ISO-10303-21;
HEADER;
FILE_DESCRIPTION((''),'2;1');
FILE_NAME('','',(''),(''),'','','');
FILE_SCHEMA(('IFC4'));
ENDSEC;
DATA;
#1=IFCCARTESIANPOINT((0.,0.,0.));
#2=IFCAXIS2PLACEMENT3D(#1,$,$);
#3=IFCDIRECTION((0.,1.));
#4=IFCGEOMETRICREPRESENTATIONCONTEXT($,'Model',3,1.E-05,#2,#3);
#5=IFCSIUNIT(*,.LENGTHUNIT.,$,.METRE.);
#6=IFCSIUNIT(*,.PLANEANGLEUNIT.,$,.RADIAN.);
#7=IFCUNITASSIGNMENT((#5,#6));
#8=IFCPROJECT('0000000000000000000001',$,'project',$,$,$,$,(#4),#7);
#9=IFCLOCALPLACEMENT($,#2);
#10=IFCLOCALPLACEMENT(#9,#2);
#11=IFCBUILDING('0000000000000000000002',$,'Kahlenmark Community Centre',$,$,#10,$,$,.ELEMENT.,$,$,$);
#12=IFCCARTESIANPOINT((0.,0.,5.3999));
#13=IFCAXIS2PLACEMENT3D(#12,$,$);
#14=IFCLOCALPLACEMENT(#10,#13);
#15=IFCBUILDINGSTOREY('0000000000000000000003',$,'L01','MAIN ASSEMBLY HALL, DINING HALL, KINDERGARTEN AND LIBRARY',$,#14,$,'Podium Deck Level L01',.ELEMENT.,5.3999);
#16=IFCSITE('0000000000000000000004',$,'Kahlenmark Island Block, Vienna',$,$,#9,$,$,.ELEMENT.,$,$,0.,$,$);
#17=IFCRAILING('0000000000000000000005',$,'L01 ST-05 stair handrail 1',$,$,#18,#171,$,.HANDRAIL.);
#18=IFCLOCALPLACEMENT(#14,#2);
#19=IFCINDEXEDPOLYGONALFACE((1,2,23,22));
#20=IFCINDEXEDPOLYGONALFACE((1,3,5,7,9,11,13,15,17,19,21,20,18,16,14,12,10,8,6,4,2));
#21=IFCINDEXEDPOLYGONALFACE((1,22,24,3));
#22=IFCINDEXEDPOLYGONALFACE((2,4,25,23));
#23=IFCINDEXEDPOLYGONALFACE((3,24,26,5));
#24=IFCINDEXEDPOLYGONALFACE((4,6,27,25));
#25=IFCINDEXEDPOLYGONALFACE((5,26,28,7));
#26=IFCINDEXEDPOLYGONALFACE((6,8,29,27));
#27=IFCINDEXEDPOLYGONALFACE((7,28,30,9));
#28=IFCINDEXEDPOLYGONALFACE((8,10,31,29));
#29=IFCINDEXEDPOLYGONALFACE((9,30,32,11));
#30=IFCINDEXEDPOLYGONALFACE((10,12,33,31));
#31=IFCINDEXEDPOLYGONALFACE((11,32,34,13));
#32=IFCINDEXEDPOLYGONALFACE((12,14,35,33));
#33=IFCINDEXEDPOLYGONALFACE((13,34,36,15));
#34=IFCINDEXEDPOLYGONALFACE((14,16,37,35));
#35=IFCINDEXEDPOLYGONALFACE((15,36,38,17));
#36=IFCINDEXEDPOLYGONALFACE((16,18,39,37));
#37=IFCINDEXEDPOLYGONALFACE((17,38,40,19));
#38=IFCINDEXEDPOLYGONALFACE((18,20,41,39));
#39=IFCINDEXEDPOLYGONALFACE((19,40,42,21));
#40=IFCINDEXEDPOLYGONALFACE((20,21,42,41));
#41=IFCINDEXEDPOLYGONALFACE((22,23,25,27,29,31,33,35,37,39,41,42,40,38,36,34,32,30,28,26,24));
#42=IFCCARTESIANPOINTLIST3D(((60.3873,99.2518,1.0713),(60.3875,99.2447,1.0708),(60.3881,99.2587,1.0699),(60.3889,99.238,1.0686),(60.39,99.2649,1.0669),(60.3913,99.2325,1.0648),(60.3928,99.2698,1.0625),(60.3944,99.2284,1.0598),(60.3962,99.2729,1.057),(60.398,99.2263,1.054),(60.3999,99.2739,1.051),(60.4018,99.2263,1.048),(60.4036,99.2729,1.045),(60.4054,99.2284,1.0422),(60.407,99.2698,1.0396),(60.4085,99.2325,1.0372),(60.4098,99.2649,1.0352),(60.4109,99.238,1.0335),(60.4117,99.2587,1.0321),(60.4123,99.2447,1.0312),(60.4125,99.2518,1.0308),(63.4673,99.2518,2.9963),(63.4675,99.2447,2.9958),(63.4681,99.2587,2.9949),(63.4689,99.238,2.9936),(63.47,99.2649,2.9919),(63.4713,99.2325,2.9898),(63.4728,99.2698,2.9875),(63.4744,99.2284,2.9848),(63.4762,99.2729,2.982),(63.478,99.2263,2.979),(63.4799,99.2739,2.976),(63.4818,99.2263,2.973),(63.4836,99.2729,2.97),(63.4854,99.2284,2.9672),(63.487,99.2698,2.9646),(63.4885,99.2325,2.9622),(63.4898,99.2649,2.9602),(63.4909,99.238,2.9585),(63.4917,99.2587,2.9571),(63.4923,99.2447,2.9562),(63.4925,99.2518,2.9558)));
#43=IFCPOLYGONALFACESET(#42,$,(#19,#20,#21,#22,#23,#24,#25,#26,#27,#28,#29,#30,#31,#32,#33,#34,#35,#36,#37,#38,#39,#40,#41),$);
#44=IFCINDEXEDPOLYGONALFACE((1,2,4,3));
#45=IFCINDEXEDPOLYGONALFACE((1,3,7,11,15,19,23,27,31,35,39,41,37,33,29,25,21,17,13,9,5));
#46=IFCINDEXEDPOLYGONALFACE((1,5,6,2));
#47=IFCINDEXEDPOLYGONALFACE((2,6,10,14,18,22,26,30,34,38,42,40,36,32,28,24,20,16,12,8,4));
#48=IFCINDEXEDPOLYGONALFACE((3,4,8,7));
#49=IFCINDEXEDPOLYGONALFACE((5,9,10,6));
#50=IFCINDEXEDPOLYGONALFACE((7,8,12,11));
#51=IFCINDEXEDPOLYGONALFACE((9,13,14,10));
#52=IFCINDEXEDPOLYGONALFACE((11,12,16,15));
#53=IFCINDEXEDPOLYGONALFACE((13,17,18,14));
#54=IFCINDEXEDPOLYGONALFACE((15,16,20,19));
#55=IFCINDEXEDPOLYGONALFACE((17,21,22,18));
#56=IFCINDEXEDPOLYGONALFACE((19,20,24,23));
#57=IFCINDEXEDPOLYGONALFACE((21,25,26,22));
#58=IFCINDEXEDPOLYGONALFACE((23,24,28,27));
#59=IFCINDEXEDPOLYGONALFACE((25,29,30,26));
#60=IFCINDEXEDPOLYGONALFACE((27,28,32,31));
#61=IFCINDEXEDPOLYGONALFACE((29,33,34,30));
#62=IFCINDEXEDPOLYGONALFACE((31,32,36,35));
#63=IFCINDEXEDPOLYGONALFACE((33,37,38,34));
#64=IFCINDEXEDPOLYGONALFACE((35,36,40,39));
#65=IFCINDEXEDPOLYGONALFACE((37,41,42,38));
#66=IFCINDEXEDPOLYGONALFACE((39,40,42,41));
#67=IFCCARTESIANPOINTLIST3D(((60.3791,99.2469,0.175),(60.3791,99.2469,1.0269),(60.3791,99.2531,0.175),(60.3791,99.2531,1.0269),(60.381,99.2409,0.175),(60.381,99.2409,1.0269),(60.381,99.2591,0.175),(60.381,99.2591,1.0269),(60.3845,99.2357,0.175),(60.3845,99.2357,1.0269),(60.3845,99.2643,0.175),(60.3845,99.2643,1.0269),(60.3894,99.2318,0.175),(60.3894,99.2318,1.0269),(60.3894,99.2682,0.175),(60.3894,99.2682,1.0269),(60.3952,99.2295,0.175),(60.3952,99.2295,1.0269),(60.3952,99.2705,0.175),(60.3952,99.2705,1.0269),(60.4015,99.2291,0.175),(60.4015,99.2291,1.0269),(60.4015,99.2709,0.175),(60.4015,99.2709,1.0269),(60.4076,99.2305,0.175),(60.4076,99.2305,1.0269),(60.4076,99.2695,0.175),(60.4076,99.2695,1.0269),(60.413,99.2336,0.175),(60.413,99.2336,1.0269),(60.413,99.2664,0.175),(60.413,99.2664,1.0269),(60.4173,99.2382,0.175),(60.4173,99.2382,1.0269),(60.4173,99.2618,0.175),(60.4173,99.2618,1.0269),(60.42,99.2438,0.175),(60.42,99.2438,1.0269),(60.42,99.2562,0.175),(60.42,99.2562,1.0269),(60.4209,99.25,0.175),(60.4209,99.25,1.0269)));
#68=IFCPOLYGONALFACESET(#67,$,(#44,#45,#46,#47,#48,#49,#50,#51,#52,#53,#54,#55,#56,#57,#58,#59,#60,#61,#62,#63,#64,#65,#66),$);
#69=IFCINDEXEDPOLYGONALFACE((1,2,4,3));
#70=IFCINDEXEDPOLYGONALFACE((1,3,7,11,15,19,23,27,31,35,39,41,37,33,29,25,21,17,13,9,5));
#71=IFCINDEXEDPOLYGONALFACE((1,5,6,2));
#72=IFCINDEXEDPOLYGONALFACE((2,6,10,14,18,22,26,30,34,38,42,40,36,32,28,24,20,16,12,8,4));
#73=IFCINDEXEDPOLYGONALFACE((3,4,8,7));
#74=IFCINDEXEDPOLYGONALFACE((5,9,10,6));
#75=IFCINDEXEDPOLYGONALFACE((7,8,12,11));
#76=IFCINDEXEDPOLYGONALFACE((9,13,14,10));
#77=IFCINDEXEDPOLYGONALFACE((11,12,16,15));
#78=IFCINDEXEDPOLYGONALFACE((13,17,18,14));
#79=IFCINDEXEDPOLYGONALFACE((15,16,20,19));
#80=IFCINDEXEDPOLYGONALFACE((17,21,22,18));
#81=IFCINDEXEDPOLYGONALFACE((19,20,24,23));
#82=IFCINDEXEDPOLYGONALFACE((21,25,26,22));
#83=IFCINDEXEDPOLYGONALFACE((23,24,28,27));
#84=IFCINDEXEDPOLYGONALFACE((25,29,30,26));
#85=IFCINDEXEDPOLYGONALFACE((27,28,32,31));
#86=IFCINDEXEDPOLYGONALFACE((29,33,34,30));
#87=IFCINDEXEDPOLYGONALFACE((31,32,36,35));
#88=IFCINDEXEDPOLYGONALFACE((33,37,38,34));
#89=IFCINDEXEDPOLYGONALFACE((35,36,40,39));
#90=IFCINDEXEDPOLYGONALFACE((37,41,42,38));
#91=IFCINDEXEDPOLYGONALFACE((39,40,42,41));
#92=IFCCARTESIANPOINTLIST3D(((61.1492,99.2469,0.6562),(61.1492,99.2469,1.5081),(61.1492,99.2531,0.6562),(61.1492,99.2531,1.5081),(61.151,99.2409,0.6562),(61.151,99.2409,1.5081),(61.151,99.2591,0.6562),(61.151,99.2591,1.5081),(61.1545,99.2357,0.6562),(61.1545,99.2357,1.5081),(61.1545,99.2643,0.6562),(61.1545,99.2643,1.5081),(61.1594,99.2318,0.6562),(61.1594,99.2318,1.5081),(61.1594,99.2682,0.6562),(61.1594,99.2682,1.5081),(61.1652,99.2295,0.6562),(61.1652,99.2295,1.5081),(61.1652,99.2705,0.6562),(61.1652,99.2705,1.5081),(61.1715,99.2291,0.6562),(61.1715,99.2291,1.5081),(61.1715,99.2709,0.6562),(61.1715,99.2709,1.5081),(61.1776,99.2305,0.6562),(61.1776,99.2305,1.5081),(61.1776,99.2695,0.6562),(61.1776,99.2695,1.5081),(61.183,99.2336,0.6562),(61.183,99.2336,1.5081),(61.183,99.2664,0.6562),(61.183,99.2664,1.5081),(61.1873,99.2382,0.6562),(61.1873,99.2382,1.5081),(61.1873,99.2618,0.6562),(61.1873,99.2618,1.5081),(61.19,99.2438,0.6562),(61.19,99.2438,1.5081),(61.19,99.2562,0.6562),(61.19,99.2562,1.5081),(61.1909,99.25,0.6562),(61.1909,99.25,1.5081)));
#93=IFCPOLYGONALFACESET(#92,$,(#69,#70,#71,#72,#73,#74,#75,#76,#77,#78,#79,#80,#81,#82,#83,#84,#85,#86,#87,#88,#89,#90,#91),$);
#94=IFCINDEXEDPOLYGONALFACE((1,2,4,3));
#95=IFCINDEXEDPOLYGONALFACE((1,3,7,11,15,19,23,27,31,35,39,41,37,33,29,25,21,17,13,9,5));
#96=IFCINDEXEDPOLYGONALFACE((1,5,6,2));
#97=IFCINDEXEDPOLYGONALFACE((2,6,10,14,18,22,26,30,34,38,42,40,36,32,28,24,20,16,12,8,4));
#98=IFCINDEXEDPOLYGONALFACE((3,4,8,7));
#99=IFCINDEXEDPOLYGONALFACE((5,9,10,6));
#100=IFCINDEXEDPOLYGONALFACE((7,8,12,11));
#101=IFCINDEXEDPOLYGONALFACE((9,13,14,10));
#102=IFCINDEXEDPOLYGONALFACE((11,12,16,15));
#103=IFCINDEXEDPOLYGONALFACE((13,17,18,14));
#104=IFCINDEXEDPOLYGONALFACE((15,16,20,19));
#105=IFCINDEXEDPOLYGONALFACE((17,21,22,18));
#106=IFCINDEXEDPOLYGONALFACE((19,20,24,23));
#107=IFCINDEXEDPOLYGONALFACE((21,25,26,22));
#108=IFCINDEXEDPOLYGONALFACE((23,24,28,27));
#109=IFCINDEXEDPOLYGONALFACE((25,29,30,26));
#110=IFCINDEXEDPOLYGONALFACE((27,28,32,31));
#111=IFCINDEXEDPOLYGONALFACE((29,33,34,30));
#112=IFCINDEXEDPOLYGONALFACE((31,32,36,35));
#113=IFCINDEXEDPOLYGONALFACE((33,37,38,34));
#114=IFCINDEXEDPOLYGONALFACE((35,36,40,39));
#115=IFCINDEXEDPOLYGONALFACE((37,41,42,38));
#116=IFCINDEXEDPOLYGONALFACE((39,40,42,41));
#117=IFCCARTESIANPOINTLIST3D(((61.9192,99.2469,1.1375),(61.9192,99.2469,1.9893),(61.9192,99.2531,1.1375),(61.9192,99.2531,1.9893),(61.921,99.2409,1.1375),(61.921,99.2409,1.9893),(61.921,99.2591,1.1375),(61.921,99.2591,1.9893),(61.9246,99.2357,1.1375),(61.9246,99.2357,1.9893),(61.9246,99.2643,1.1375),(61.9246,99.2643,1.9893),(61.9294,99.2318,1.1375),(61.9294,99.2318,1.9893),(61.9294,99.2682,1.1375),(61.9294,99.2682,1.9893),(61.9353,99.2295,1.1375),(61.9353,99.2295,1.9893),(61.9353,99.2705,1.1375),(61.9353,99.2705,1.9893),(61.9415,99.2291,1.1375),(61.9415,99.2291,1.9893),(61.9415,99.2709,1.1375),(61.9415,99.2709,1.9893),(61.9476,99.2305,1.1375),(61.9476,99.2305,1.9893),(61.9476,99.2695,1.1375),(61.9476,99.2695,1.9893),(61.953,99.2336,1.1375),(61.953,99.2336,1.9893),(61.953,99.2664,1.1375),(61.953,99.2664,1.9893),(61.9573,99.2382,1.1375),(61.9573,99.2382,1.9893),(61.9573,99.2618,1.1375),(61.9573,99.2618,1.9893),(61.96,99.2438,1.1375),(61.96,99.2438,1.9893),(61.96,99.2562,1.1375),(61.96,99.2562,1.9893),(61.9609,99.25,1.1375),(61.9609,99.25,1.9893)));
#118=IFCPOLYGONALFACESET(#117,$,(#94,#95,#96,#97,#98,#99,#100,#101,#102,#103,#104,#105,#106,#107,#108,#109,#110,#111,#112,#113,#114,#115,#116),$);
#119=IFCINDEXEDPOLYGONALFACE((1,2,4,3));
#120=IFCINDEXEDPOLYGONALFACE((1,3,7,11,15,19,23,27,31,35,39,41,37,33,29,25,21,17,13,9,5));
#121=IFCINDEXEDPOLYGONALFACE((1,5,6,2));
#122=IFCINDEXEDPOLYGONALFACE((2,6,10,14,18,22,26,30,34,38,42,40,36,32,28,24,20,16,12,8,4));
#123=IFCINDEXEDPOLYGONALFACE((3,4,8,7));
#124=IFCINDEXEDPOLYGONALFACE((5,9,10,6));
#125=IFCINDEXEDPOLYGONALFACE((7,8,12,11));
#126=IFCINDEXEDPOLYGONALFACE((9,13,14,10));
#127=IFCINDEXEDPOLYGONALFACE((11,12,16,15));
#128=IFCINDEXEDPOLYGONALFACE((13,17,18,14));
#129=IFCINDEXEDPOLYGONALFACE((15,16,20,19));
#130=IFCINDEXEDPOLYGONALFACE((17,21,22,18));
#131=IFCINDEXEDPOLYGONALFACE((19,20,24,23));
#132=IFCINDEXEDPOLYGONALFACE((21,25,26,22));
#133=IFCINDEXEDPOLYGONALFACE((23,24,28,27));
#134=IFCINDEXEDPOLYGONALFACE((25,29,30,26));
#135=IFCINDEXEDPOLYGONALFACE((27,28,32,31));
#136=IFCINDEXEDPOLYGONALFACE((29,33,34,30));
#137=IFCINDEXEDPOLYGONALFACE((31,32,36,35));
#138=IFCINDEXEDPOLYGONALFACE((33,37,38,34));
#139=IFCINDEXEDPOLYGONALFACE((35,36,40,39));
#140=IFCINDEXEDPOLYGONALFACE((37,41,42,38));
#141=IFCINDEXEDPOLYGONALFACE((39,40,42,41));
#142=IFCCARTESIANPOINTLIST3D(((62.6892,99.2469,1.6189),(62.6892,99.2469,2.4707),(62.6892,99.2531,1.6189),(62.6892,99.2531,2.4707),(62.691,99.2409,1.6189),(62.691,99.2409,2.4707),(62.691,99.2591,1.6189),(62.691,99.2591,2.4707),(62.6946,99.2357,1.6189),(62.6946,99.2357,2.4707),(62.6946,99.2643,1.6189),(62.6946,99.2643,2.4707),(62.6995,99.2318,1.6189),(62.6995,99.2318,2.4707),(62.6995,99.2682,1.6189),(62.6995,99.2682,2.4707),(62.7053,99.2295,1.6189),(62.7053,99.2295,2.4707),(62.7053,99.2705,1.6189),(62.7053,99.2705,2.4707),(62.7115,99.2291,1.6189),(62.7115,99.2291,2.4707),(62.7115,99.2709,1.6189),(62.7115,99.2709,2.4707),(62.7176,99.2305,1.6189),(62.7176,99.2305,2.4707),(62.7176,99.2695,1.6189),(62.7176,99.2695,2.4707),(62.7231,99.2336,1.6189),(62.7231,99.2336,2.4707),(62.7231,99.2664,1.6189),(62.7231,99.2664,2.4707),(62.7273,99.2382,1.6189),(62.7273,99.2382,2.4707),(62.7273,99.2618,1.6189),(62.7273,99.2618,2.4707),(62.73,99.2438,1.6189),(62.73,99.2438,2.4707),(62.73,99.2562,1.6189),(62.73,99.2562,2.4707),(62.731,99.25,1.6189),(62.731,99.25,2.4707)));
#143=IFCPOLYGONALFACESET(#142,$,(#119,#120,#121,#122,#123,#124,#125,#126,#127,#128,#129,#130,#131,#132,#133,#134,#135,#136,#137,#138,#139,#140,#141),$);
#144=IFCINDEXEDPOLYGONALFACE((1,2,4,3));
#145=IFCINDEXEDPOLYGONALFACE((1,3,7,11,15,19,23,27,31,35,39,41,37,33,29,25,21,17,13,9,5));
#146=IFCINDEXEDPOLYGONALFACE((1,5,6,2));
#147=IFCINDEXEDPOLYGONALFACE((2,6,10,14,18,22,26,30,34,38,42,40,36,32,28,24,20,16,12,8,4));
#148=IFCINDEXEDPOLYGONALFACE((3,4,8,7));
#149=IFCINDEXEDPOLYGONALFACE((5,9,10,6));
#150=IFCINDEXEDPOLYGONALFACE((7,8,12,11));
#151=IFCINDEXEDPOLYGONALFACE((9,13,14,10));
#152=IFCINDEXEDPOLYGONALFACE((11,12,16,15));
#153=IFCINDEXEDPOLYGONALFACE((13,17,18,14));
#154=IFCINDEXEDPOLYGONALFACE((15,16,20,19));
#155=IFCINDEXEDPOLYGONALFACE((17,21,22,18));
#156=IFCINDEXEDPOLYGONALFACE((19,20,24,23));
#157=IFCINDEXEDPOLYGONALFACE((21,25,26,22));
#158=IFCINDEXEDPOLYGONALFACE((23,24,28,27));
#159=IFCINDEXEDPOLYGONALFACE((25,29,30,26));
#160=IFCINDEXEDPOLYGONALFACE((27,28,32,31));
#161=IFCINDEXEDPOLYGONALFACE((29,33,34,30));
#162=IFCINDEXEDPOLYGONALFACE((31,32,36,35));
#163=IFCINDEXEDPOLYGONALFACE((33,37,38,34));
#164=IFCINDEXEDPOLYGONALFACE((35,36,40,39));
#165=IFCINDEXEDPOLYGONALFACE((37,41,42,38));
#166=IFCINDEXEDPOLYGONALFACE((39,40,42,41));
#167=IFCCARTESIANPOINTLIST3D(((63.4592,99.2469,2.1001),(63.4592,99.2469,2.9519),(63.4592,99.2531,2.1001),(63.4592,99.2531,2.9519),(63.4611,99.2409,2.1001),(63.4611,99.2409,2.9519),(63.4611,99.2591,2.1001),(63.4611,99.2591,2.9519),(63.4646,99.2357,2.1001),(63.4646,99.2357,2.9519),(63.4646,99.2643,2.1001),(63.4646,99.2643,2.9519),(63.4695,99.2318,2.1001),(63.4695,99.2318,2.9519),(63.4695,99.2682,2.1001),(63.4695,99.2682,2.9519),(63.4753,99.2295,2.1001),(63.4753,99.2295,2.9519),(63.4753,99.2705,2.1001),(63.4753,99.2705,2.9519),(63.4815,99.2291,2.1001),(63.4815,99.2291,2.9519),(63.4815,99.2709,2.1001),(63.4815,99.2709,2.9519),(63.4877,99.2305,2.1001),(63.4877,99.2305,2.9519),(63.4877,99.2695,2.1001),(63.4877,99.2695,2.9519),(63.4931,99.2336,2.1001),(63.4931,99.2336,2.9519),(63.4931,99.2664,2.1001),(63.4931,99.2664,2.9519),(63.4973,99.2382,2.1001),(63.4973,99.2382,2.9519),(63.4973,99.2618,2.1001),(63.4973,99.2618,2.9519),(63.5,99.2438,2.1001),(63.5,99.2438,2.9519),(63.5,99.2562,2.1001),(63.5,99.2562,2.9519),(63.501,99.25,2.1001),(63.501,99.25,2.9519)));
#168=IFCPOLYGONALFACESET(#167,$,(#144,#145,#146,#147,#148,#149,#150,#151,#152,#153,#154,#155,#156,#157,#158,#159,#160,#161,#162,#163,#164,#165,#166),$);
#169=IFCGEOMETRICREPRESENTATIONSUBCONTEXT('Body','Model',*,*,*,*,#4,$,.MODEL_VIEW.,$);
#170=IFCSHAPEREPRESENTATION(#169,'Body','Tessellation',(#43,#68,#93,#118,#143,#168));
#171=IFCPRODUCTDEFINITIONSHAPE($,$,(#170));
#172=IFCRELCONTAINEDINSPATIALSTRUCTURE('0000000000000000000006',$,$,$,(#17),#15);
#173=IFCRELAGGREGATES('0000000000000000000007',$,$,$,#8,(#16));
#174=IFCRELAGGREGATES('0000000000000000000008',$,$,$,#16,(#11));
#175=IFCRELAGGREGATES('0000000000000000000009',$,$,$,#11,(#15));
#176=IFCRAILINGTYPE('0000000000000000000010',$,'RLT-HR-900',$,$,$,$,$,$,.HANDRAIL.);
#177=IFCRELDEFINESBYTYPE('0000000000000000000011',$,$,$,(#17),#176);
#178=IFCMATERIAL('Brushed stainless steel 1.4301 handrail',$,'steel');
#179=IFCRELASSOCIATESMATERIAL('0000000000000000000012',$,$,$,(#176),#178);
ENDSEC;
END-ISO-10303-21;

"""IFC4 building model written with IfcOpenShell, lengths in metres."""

from ifc_helpers import new_model, si_unit, direction, frame, origin, origin_2d, place, context, subcontext, project, spatial, circle, extrude, material, type_object, element, save


model = new_model("IFC4")

# Units and contexts
model_context = context("Model", 3, precision=1e-05, world=origin(), true_north=direction((0.0, 1.0)))
body_context = subcontext(model_context, "Body", "Model", "MODEL_VIEW")
ifc_project = project(units=[si_unit("LENGTHUNIT", "METRE"), si_unit("PLANEANGLEUNIT", "RADIAN")], contexts=[model_context])

# Site, building, storey
site_placement = place(None, origin())
site = spatial("IfcSite", under=ifc_project, at=site_placement, Name="Kahlenmark Island Block, Vienna", CompositionType="ELEMENT", RefElevation=0.0)
building_placement = place(site_placement, origin())
building = spatial("IfcBuilding", under=site, at=building_placement, Name="Kahlenmark Community Centre", CompositionType="ELEMENT")
storey_placement = place(building_placement, frame((0.0, 0.0, 5.3999)))
storey = spatial("IfcBuildingStorey", under=building, at=storey_placement, Name="L01", Description="MAIN ASSEMBLY HALL, DINING HALL, KINDERGARTEN AND LIBRARY", LongName="Podium Deck Level L01", CompositionType="ELEMENT", Elevation=5.3999)

# Railing
ifc_material_1 = material(Name="Brushed stainless steel 1.4301 handrail", Category="steel")
railing_type_1 = type_object("IfcRailingType", Name="RLT-HR-900", PredefinedType="HANDRAIL", material=ifc_material_1)
railing_1_placement = place(storey_placement, frame((60.3999, 99.25, 0.175)))
element("IfcRailing", 1, at=railing_1_placement, inside=storey, type_object=railing_type_1, Name="L01 ST-05 stair handrail 1", PredefinedType="HANDRAIL", context=body_context, shape_type="SweptSolid", body=[
    extrude(circle(Radius=0.0239, at=origin_2d()), frame((0.0, 0.0, 0.876), z_axis=(0.847998, 0.0, 0.529999), x_axis=(0.0, 1.0, 0.0)), (0.0, 0.0, 1.0), 3.6321),
    extrude(circle(Radius=0.021, at=origin_2d()), origin(), (0.0, 0.0, 1.0), 0.8518),
    extrude(circle(Radius=0.021, at=origin_2d()), frame((0.77, 0.0, 0.4812)), (0.0, 0.0, 1.0), 0.8518),
    extrude(circle(Radius=0.021, at=origin_2d()), frame((1.54, 0.0, 0.9624)), (0.0, 0.0, 1.0), 0.8518),
    extrude(circle(Radius=0.021, at=origin_2d()), frame((2.3101, 0.0, 1.4438)), (0.0, 0.0, 1.0), 0.8518),
    extrude(circle(Radius=0.021, at=origin_2d()), frame((3.0801, 0.0, 1.925)), (0.0, 0.0, 1.0), 0.8518),
])

save(model, "model.ifc")
